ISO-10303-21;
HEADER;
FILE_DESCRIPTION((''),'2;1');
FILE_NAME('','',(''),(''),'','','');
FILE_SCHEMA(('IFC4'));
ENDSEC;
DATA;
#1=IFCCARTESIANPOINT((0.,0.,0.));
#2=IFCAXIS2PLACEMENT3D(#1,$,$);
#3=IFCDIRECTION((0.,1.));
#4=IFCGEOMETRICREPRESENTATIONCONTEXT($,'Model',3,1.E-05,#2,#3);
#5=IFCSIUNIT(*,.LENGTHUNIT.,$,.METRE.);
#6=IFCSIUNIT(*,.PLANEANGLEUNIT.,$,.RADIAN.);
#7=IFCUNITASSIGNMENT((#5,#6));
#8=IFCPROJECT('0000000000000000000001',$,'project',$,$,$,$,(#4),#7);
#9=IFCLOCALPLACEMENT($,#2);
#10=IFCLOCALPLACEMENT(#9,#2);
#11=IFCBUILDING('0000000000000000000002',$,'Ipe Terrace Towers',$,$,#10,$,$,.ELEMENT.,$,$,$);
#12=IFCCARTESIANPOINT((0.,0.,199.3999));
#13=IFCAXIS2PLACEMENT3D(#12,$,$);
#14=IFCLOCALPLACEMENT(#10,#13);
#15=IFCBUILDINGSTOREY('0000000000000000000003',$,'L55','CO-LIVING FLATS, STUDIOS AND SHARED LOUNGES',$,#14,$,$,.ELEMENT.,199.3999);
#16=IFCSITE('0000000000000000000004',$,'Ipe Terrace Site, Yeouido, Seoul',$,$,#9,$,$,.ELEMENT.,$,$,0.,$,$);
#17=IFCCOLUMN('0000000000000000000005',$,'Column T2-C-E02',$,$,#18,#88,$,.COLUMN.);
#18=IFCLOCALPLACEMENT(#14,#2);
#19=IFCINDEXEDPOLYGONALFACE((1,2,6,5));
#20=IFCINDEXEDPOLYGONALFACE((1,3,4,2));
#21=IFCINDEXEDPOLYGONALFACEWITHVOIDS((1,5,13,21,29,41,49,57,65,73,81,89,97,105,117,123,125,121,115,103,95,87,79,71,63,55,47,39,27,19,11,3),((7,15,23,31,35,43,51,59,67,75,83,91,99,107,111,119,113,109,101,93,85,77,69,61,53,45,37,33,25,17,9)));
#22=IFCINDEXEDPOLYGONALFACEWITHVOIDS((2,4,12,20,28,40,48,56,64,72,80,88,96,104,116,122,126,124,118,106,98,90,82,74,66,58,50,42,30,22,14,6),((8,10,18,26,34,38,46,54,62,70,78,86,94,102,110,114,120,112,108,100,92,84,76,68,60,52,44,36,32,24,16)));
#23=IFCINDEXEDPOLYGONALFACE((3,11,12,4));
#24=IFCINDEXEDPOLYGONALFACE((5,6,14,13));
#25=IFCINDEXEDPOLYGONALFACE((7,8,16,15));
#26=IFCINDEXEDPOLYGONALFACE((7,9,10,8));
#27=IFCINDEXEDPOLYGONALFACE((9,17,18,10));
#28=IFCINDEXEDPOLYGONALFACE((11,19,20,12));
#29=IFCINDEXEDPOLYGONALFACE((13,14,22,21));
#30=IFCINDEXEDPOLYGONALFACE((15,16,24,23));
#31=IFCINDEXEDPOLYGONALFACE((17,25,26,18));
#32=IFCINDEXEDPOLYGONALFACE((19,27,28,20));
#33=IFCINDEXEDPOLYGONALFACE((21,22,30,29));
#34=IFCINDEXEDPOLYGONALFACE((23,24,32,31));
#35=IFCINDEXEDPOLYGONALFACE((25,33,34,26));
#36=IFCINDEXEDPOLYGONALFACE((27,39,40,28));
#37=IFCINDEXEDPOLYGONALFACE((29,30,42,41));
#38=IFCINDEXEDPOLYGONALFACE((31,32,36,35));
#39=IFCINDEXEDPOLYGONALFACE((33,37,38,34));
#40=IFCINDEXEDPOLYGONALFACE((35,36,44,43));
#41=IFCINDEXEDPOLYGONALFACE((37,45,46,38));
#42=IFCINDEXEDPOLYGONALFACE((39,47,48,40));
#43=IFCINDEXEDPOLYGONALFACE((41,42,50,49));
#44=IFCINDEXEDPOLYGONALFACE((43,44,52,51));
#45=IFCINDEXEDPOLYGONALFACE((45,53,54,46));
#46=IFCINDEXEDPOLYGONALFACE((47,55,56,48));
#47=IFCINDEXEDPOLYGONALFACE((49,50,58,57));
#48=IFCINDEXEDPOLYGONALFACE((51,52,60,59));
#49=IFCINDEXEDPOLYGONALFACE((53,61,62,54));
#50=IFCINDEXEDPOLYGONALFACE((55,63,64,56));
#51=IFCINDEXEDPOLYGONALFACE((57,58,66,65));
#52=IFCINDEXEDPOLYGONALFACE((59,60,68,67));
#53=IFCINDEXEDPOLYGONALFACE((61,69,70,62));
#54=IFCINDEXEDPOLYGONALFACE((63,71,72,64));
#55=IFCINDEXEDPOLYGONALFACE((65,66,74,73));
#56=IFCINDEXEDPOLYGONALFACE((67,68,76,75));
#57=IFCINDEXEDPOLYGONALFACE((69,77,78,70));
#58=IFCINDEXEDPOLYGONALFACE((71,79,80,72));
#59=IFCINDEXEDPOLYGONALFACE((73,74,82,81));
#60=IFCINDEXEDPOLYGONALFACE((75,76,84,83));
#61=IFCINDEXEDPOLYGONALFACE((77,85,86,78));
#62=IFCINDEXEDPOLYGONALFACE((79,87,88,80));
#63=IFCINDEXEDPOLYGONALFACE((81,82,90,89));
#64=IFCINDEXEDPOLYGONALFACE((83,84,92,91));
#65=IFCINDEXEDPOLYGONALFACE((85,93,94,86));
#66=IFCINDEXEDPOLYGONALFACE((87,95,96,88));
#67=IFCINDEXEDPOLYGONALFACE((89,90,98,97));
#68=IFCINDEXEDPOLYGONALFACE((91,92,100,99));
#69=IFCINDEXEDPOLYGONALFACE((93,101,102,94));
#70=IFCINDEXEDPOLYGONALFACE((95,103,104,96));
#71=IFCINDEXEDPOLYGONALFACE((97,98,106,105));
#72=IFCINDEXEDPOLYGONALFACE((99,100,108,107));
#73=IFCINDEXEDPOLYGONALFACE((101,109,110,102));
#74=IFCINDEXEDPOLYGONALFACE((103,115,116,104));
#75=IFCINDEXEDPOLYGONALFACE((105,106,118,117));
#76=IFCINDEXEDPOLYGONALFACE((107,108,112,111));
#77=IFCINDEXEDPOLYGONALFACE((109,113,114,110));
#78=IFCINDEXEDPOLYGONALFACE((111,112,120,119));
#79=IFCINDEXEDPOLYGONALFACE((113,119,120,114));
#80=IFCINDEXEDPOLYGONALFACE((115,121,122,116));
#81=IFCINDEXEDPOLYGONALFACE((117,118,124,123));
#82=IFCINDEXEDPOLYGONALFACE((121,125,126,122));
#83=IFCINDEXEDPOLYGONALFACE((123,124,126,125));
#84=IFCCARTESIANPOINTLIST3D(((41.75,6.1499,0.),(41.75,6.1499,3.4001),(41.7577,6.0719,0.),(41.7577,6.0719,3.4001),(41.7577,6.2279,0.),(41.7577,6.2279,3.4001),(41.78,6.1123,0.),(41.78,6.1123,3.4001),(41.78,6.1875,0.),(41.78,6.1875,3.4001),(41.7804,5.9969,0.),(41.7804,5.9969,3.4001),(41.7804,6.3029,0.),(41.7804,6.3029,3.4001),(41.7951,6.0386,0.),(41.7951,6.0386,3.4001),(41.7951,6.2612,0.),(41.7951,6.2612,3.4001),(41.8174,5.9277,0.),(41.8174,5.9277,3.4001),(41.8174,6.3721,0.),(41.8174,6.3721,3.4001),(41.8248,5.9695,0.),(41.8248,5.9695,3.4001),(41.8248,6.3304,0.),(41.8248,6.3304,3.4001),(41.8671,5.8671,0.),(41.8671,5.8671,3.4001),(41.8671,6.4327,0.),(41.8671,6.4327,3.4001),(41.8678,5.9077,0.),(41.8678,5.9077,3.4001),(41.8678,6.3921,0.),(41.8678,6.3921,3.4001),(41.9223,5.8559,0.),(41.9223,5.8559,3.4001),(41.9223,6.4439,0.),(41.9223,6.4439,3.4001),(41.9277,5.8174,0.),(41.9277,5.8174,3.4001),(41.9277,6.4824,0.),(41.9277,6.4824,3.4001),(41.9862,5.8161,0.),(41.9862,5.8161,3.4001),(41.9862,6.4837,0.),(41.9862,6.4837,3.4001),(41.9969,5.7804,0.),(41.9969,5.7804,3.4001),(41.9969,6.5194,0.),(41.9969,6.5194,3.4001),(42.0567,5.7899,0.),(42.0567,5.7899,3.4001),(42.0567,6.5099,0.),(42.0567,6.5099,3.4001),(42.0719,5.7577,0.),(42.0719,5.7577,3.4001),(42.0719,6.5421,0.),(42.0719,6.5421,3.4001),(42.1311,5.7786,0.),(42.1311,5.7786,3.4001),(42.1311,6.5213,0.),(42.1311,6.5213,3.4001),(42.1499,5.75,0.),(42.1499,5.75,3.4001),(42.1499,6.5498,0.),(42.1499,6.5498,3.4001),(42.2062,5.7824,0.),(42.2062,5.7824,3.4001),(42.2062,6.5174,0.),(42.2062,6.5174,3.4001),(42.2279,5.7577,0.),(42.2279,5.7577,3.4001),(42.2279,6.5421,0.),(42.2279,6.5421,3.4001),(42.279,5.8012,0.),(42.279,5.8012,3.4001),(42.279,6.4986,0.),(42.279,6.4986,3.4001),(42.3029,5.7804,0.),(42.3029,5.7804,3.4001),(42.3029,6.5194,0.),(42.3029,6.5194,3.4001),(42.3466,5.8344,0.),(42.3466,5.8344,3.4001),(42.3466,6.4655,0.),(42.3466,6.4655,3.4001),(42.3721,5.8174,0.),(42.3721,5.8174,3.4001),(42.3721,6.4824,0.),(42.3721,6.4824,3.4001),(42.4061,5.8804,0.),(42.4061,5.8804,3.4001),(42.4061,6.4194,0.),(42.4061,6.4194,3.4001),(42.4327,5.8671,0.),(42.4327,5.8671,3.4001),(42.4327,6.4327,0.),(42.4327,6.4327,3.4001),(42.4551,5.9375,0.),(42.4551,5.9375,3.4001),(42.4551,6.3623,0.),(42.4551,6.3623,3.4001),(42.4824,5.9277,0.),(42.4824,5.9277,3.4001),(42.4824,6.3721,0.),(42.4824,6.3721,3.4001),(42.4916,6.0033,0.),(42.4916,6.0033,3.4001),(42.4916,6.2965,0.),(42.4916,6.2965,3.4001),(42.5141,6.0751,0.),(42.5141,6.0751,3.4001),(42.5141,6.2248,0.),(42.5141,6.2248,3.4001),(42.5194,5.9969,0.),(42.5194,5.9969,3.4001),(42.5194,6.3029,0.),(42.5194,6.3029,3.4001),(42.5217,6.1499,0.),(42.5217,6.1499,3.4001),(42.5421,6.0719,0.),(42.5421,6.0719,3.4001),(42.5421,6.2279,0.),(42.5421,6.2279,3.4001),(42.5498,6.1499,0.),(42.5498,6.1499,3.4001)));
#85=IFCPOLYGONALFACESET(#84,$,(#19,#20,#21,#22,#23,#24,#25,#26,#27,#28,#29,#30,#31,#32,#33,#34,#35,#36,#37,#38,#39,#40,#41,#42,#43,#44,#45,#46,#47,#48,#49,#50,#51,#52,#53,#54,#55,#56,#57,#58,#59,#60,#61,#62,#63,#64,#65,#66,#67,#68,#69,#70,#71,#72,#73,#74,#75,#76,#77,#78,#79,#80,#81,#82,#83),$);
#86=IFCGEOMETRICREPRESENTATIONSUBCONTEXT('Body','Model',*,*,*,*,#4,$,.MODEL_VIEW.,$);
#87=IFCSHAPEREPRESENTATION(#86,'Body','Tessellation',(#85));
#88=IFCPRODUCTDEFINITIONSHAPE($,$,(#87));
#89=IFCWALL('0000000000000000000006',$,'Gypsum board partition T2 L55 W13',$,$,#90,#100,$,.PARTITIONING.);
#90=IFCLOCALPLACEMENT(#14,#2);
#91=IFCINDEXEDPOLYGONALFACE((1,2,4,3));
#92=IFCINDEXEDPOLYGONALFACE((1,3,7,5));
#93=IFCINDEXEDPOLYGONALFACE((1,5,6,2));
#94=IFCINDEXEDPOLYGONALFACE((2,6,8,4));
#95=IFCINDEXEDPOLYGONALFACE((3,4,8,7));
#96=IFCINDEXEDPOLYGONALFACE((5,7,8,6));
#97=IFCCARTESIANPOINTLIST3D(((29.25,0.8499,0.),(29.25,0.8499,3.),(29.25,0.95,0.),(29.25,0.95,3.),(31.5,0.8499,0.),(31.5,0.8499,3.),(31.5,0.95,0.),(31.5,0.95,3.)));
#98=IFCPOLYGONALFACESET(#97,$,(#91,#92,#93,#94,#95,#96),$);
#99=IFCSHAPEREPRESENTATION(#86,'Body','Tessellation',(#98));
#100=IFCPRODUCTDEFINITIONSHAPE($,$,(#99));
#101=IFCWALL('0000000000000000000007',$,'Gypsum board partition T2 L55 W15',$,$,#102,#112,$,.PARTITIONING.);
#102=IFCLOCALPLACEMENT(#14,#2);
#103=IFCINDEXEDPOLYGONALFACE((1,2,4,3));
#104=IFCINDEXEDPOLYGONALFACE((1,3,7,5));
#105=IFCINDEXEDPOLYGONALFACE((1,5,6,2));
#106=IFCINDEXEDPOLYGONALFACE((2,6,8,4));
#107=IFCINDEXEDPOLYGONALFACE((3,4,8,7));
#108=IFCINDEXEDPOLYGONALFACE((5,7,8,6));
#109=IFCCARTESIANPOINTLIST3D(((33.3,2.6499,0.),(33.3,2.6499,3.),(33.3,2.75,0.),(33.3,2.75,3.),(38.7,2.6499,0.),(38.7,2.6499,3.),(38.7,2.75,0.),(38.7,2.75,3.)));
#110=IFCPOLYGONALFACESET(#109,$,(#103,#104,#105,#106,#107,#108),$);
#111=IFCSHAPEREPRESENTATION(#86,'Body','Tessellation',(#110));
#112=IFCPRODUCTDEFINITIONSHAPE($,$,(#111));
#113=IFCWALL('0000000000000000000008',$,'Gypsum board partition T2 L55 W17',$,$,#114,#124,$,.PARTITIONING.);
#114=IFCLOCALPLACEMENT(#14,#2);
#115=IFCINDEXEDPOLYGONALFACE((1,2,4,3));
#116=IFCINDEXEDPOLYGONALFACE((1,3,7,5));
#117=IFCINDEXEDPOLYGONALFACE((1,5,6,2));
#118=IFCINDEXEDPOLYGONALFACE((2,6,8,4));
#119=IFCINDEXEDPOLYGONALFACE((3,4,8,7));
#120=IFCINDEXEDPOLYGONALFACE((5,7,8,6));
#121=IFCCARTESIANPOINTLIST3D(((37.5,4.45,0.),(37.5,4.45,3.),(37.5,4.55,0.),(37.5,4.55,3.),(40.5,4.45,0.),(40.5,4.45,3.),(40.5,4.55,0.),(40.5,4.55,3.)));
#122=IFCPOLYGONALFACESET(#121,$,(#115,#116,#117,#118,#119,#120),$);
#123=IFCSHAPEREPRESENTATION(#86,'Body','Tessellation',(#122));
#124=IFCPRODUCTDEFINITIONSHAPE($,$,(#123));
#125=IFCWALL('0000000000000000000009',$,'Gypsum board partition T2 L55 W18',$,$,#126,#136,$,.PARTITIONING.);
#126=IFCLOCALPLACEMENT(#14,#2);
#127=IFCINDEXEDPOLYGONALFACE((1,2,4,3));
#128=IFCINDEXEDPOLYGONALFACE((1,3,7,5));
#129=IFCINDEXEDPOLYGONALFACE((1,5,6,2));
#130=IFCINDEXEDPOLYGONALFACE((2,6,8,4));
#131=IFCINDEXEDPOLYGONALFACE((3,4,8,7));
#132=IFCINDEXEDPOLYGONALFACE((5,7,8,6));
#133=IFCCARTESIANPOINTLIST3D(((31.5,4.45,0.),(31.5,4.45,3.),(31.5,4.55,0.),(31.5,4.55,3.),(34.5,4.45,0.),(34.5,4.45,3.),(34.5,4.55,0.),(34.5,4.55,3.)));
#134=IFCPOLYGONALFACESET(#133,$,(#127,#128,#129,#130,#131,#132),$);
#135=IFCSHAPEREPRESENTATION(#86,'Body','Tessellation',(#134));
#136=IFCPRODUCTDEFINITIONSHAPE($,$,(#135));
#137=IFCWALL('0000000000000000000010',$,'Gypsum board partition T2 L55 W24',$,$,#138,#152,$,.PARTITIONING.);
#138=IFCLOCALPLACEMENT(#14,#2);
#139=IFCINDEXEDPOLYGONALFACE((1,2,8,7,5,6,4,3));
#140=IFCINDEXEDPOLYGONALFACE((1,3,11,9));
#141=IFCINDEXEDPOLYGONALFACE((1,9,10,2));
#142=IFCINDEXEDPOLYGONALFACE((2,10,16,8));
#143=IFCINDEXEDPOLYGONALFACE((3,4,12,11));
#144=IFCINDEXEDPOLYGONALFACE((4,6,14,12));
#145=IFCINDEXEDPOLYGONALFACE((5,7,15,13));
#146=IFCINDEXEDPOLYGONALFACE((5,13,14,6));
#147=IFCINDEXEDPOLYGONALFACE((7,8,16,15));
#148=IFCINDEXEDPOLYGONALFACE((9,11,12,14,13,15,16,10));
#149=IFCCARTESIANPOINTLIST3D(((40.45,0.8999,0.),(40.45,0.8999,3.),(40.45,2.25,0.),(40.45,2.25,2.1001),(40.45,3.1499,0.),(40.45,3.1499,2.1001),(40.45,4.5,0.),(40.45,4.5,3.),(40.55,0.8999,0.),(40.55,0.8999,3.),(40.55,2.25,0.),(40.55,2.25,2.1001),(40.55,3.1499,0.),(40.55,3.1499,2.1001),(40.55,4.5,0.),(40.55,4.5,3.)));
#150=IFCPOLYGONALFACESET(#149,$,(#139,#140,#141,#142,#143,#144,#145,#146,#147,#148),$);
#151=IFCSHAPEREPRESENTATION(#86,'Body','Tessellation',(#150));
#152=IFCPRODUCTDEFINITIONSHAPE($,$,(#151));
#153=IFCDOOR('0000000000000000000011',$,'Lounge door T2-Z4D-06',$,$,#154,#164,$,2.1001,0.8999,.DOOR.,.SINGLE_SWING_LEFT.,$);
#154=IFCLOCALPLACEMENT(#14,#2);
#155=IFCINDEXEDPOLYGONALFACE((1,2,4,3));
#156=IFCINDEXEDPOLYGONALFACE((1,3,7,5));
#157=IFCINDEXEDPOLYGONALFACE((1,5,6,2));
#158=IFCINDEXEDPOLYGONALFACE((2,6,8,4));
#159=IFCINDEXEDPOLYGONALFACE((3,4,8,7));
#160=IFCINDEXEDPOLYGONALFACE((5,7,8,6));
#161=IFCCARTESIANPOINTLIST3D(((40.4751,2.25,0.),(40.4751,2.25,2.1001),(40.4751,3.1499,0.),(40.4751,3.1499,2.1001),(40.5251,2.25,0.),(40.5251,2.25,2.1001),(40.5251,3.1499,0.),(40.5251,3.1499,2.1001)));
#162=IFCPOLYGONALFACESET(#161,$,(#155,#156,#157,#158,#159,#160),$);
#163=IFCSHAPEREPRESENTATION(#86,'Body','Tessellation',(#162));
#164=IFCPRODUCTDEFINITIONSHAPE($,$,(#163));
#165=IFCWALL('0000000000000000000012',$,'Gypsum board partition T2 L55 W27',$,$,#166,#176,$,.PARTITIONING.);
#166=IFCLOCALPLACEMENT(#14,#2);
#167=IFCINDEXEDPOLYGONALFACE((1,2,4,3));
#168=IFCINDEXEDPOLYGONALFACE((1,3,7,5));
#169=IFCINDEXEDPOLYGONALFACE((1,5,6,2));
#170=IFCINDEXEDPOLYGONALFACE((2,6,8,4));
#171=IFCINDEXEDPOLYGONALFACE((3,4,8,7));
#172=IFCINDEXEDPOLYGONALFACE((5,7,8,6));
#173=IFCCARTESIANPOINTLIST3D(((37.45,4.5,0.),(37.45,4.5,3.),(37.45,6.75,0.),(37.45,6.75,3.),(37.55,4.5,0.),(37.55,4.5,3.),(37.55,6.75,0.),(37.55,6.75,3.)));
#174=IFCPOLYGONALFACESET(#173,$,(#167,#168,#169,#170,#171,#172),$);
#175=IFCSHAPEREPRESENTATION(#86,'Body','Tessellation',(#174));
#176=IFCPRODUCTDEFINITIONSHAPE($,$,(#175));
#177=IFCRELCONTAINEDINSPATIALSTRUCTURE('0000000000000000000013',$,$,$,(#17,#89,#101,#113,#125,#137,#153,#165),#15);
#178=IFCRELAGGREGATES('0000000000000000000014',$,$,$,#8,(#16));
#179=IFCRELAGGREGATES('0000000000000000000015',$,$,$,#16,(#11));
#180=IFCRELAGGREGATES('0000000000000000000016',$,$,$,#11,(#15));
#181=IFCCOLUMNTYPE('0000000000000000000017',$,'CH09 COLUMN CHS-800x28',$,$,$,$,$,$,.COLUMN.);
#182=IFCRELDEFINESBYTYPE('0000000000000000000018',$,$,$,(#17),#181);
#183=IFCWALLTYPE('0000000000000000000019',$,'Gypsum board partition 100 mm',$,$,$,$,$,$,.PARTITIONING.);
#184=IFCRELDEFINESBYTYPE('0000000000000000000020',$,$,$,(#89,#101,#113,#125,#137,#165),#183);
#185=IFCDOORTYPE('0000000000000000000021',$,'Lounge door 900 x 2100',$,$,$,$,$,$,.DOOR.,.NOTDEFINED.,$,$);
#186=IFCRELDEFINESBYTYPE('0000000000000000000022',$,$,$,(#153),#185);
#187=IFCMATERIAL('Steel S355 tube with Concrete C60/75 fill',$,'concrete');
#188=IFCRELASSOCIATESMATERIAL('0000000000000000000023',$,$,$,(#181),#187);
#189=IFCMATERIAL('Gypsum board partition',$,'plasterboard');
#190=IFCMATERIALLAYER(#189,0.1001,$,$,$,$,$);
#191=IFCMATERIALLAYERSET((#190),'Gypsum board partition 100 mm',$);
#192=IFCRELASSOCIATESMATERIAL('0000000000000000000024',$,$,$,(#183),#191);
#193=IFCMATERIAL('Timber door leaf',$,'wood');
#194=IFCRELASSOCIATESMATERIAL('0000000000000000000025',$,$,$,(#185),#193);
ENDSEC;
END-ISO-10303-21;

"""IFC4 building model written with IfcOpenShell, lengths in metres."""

from ifc_helpers import new_model, si_unit, direction, frame, frame_2d, origin, origin_2d, place, context, subcontext, project, spatial, rectangle, hollow_circle, extrude, material, layer, layer_set, material_profile, profile_set, type_object, element, fill, save


model = new_model("IFC4")

# Units and contexts
model_context = context("Model", 3, precision=1e-05, world=origin(), true_north=direction((0.0, 1.0)))
body_context = subcontext(model_context, "Body", "Model", "MODEL_VIEW")
ifc_project = project(units=[si_unit("LENGTHUNIT", "METRE"), si_unit("PLANEANGLEUNIT", "RADIAN")], contexts=[model_context])

# Site, building, storey
site_placement = place(None, origin())
site = spatial("IfcSite", under=ifc_project, at=site_placement, Name="Ipe Terrace Site, Yeouido, Seoul", CompositionType="ELEMENT", RefElevation=0.0)
building_placement = place(site_placement, origin())
building = spatial("IfcBuilding", under=site, at=building_placement, Name="Ipe Terrace Towers", CompositionType="ELEMENT")
storey_placement = place(building_placement, frame((0.0, 0.0, 199.3999)))
storey = spatial("IfcBuildingStorey", under=building, at=storey_placement, Name="L55", Description="CO-LIVING FLATS, STUDIOS AND SHARED LOUNGES", CompositionType="ELEMENT", Elevation=199.3999)

# Column
ifc_material_1 = material(Name="Steel S355 tube with Concrete C60/75 fill", Category="concrete")
ifc_material_profile = material_profile(ifc_material_1, hollow_circle(Radius=0.3999, WallThickness=0.0281, at=origin_2d()), Name="CHS-800x28")
ifc_profile_set = profile_set([ifc_material_profile], Name="Steel S355 tube with Concrete C60/75 fill")
column_type = type_object("IfcColumnType", Name="CH09 COLUMN CHS-800x28", PredefinedType="COLUMN", material=ifc_profile_set)
column_placement = place(storey_placement, frame((42.1499, 6.1499, 0.0), z_axis=(0.0, 0.0, 1.0), x_axis=(1.0, 0.0, 0.0)))
element("IfcColumn", 1, at=column_placement, inside=storey, type_object=column_type, Name="Column T2-C-E02", PredefinedType="COLUMN", context=body_context, shape_type="SweptSolid", body=[
    extrude(hollow_circle(Radius=0.3999, WallThickness=0.0281, at=origin_2d()), origin(), (0.0, 0.0, 1.0), 3.4001),
])

# Walls
ifc_material_2 = material(Name="Gypsum board partition", Category="plasterboard")
ifc_layer_1 = layer(ifc_material_2, 0.1001)
ifc_layer_set_1 = layer_set([ifc_layer_1], Name="Gypsum board partition 100 mm")
wall_type_1 = type_object("IfcWallType", Name="Gypsum board partition 100 mm", PredefinedType="PARTITIONING", material=ifc_layer_set_1)
wall_1_placement = place(storey_placement, frame((31.5, 0.8999, 0.0), z_axis=(0.0, 0.0, 1.0), x_axis=(-1.0, 0.0, 0.0)))
element("IfcWall", 2, at=wall_1_placement, inside=storey, type_object=wall_type_1, Name="Gypsum board partition T2 L55 W13", PredefinedType="PARTITIONING", context=body_context, shape_type="SweptSolid", body=[
    extrude(rectangle(XDim=2.25, YDim=0.1001, at=frame_2d((1.125, 0.0))), origin(), (0.0, 0.0, 1.0), 3.0),
])
wall_2_placement = place(storey_placement, frame((38.7, 2.7, 0.0), z_axis=(0.0, 0.0, 1.0), x_axis=(-1.0, 0.0, 0.0)))
element("IfcWall", 3, at=wall_2_placement, inside=storey, type_object=wall_type_1, Name="Gypsum board partition T2 L55 W15", PredefinedType="PARTITIONING", context=body_context, shape_type="SweptSolid", body=[
    extrude(rectangle(XDim=5.3999, YDim=0.1001, at=frame_2d((2.7, 0.0))), origin(), (0.0, 0.0, 1.0), 3.0),
])
for number, where, z_axis, x_axis, name in (
    (4, (40.5, 4.5, 0.0), (0.0, 0.0, 1.0), (-1.0, 0.0, 0.0), "Gypsum board partition T2 L55 W17"),
    (5, (34.5, 4.5, 0.0), (0.0, 0.0, 1.0), (-1.0, 0.0, 0.0), "Gypsum board partition T2 L55 W18"),
):
    element("IfcWall", number, at=place(storey_placement, frame(where, z_axis=z_axis, x_axis=x_axis)), inside=storey, type_object=wall_type_1, Name=name, PredefinedType="PARTITIONING", context=body_context, shape_type="SweptSolid", body=[
        extrude(rectangle(XDim=3.0, YDim=0.1001, at=frame_2d((1.5, 0.0))), origin(), (0.0, 0.0, 1.0), 3.0),
    ])

# Wall, opening, door
wall_3_placement = place(storey_placement, frame((40.5, 0.8999, 0.0), z_axis=(0.0, 0.0, 1.0), x_axis=(0.0, 1.0, 0.0)))
wall_3 = element("IfcWall", 6, at=wall_3_placement, inside=storey, type_object=wall_type_1, Name="Gypsum board partition T2 L55 W24", PredefinedType="PARTITIONING", context=body_context, shape_type="SweptSolid", body=[
    extrude(rectangle(XDim=3.6001, YDim=0.1001, at=frame_2d((1.8, 0.0))), origin(), (0.0, 0.0, 1.0), 3.0),
])
opening_1_placement = place(wall_3_placement, frame((1.3501, 0.0, 0.0)))
opening_1 = element("IfcOpeningElement", 7, at=opening_1_placement, cuts=wall_3, PredefinedType="OPENING", context=body_context, shape_type="SweptSolid", body=[
    extrude(rectangle(XDim=0.8999, YDim=2.1001, at=frame_2d((0.45, 1.05))), frame((0.0, 0.0601, 0.0), z_axis=(0.0, -1.0, 0.0), x_axis=(1.0, 0.0, 0.0)), (0.0, 0.0, 1.0), 0.1201),
])
ifc_material_3 = material(Name="Timber door leaf", Category="wood")
door_type_1 = type_object("IfcDoorType", Name="Lounge door 900 x 2100", OperationType="NOTDEFINED", PredefinedType="DOOR", material=ifc_material_3)
door_1_placement = place(opening_1_placement, origin())
door_1 = element("IfcDoor", 8, at=door_1_placement, inside=storey, type_object=door_type_1, Name="Lounge door T2-Z4D-06", OperationType="SINGLE_SWING_LEFT", OverallHeight=2.1001, OverallWidth=0.8999, PredefinedType="DOOR", context=body_context, shape_type="SweptSolid", body=[
    extrude(rectangle(XDim=0.8999, YDim=2.1001, at=frame_2d((0.45, 1.05))), frame((0.0, 0.0249, 0.0), z_axis=(0.0, -1.0, 0.0), x_axis=(1.0, 0.0, 0.0)), (0.0, 0.0, 1.0), 0.05),
])
fill(opening_1, door_1)

# Wall
wall_4_placement = place(storey_placement, frame((37.5, 4.5, 0.0), z_axis=(0.0, 0.0, 1.0), x_axis=(0.0, 1.0, 0.0)))
element("IfcWall", 9, at=wall_4_placement, inside=storey, type_object=wall_type_1, Name="Gypsum board partition T2 L55 W27", PredefinedType="PARTITIONING", context=body_context, shape_type="SweptSolid", body=[
    extrude(rectangle(XDim=2.25, YDim=0.1001, at=frame_2d((1.125, 0.0))), origin(), (0.0, 0.0, 1.0), 3.0),
])

save(model, "model.ifc")
